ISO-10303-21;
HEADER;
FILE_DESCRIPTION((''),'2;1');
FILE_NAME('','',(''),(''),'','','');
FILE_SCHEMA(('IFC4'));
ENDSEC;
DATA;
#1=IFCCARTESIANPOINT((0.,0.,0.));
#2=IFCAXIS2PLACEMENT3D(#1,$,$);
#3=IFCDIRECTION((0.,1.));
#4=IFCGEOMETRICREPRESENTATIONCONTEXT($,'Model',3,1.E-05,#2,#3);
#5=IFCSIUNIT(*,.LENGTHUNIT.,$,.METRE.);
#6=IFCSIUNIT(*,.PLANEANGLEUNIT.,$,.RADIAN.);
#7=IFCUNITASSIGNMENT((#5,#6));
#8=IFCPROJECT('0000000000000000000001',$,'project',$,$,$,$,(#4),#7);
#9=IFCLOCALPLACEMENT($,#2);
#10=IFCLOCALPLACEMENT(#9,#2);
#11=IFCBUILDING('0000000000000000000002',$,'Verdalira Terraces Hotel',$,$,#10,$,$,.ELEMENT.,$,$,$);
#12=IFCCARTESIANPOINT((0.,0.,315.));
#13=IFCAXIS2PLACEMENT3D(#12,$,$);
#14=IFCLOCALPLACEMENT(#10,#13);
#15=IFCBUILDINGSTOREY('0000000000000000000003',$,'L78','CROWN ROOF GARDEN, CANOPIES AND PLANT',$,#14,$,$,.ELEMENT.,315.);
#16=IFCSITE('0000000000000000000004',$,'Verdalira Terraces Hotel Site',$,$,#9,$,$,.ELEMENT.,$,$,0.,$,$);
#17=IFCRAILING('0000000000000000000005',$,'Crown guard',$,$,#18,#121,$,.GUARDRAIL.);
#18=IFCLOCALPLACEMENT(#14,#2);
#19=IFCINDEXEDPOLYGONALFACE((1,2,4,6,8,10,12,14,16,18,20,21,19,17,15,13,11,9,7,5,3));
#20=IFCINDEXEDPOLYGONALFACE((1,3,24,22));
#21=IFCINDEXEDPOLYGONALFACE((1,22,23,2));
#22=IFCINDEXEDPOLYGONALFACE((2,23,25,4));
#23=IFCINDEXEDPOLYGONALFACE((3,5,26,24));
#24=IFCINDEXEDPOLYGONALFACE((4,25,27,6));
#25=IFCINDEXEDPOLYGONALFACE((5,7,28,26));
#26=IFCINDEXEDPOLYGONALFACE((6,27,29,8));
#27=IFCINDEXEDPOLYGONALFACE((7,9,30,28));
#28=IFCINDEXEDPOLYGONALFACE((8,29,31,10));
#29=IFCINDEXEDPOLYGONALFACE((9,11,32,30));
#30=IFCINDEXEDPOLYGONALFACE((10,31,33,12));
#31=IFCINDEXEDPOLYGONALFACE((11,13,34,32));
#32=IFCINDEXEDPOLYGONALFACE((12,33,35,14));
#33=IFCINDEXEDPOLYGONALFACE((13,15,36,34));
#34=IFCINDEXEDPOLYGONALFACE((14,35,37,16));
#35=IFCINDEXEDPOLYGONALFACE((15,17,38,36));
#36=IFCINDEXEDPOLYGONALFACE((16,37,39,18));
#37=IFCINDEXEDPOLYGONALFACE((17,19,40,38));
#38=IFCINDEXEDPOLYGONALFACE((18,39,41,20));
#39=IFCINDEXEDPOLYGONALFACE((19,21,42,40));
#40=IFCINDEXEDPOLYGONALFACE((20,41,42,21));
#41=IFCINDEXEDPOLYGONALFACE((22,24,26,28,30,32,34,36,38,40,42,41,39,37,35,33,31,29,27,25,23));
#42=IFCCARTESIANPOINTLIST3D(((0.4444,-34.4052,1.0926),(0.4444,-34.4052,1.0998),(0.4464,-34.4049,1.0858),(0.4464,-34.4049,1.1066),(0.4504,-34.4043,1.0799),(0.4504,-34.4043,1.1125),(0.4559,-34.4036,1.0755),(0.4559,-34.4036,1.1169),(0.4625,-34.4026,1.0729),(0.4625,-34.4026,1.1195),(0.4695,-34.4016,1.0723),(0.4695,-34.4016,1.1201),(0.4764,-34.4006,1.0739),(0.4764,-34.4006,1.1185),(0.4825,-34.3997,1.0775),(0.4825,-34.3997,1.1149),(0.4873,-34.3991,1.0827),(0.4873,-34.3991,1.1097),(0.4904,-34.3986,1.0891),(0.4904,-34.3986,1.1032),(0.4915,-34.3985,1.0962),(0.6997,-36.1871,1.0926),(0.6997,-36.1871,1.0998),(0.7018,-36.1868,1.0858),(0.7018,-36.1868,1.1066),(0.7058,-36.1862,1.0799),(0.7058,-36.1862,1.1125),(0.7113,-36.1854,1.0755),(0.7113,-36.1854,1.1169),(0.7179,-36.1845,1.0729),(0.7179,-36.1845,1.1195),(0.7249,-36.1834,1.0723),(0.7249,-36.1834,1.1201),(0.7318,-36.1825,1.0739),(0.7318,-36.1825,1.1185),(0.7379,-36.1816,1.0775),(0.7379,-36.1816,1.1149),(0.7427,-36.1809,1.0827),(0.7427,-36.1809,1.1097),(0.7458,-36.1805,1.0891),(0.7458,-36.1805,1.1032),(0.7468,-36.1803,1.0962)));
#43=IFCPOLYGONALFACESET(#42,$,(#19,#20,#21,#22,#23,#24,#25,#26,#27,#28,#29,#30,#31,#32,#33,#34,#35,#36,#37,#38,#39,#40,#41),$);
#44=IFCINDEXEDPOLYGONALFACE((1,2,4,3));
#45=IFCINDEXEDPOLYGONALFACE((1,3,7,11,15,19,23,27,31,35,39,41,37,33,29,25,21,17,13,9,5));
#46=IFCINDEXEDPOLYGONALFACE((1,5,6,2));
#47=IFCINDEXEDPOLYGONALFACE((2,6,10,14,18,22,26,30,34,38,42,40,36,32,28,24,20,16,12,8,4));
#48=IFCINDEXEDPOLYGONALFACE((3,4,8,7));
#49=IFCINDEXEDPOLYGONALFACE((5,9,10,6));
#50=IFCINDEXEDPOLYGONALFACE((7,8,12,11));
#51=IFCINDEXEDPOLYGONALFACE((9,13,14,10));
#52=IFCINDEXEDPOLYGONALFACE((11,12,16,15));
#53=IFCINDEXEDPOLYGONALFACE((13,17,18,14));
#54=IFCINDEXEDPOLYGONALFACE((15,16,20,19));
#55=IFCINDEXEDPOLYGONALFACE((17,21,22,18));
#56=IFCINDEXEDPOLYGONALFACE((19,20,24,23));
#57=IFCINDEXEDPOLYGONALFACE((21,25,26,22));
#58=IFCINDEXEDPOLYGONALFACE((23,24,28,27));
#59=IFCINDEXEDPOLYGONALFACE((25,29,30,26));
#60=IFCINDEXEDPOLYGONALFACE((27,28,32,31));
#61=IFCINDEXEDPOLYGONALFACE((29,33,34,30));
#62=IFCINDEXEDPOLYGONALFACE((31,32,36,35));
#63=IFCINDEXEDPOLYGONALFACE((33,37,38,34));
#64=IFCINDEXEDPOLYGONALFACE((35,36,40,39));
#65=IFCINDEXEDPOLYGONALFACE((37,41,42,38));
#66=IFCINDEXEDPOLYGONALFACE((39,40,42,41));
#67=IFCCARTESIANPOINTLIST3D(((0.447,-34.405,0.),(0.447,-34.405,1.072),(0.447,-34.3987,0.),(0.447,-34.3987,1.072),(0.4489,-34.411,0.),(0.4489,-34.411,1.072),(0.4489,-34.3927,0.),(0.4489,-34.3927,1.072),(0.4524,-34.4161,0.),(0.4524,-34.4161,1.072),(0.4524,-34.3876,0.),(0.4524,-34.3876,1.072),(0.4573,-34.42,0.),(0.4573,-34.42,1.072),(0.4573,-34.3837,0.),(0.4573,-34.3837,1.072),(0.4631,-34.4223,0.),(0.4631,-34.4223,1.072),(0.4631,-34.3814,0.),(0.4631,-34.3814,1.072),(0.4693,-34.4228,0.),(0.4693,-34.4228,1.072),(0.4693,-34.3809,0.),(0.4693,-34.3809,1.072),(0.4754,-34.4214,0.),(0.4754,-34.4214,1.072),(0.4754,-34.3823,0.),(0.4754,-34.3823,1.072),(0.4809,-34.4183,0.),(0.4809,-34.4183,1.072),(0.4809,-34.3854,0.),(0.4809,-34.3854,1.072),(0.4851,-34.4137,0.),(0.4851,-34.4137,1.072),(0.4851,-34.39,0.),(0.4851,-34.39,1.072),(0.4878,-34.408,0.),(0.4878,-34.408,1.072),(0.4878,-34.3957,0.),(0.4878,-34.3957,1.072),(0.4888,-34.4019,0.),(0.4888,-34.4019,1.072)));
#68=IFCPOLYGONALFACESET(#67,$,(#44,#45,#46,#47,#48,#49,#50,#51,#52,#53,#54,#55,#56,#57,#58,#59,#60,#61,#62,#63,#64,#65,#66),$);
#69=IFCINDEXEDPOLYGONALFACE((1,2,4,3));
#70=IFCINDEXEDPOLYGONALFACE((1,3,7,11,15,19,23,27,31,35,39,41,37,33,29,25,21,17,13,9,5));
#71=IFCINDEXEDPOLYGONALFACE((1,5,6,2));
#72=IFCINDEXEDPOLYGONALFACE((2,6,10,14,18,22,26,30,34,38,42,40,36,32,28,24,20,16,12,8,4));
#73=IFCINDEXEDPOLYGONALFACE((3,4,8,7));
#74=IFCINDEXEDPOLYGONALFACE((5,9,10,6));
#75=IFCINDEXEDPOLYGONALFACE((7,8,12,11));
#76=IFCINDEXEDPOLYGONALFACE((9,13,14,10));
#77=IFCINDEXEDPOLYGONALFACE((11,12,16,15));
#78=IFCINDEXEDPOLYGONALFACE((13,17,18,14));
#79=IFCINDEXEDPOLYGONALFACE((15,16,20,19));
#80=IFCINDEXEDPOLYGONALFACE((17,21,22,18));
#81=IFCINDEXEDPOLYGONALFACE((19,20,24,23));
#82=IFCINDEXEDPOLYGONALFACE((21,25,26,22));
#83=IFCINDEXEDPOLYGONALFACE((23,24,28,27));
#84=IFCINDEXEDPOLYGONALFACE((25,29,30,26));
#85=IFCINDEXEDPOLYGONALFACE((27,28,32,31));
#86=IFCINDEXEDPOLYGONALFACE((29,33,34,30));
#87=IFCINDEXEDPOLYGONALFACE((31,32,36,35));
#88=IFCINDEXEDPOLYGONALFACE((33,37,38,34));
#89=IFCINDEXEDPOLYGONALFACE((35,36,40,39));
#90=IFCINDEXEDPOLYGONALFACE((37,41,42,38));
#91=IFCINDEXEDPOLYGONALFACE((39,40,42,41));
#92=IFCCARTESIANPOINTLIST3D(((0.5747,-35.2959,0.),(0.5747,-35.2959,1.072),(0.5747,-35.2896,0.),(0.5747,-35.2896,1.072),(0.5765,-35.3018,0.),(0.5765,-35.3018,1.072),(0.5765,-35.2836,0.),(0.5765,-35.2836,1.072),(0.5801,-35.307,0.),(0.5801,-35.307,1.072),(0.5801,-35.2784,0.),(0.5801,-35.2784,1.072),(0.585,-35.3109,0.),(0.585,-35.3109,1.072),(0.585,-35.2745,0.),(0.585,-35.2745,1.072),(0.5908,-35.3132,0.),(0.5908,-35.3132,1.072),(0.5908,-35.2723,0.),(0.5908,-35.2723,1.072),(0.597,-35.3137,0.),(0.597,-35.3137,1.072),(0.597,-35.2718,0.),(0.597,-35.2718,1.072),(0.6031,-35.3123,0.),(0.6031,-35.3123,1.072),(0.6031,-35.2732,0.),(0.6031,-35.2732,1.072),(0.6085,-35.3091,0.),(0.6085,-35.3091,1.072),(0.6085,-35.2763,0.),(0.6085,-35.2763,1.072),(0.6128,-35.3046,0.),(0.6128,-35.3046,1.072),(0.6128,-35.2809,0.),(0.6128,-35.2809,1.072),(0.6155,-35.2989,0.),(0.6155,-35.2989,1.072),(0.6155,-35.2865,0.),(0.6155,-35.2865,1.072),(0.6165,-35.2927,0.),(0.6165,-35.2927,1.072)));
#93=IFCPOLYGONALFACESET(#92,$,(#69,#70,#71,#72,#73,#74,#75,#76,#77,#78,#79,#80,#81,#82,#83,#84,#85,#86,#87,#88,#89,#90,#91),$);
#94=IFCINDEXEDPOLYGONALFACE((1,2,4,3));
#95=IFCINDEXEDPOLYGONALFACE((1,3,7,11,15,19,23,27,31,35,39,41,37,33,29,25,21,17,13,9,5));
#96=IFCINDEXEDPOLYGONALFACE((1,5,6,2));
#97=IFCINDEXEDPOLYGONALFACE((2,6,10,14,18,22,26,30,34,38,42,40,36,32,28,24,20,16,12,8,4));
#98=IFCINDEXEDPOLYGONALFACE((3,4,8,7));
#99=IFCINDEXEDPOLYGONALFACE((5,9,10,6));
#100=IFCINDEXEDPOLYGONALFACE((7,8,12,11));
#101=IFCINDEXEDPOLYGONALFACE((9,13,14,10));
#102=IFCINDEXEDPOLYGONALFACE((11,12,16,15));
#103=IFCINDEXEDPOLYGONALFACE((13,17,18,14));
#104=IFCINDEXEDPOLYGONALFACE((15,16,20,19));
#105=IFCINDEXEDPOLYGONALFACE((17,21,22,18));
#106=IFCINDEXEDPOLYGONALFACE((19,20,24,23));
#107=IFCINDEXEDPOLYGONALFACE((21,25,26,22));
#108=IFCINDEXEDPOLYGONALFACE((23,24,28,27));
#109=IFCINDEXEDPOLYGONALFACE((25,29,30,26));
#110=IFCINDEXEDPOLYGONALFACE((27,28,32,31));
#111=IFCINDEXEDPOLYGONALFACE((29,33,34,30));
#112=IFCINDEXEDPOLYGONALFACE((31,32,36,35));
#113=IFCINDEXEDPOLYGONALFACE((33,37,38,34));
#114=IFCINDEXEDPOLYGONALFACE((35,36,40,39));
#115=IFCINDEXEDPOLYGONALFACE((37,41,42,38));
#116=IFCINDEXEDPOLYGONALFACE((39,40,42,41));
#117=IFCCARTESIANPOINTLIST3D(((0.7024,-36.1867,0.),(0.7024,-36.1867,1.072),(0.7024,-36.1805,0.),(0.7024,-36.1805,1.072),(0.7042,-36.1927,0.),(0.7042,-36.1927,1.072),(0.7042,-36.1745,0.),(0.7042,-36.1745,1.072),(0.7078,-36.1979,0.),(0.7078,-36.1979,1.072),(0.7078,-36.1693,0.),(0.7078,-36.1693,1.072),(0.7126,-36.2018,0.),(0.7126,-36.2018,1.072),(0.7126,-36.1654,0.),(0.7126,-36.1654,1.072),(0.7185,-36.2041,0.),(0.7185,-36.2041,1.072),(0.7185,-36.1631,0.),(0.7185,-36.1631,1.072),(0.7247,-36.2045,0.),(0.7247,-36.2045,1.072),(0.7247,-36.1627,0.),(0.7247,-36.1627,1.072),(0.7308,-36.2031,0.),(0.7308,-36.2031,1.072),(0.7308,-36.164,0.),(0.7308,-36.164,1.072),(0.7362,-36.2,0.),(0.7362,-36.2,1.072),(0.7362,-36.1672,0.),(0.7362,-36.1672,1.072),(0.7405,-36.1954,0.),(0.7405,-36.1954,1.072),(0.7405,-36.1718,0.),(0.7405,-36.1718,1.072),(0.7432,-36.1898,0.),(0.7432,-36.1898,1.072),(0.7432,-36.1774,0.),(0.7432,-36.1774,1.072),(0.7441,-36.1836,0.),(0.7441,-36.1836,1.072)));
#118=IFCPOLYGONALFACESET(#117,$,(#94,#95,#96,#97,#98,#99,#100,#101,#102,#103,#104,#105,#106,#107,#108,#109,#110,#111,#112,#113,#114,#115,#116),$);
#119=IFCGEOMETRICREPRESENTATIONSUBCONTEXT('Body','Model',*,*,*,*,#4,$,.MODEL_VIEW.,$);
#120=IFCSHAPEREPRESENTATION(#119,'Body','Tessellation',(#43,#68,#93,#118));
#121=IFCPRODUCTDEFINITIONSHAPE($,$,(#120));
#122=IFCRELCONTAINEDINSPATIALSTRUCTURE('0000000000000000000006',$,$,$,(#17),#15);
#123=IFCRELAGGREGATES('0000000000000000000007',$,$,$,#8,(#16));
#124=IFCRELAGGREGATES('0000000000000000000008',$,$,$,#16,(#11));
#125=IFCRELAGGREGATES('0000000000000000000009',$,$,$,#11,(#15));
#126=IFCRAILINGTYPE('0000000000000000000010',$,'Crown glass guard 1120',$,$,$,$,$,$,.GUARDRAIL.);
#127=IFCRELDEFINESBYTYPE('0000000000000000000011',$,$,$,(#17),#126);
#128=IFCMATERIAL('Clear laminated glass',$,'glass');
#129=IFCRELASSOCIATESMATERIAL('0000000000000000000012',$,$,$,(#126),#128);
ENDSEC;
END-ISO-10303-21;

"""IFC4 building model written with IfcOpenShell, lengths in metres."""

from ifc_helpers import new_model, si_unit, direction, frame, origin, origin_2d, place, context, subcontext, project, spatial, circle, extrude, material, type_object, element, save


model = new_model("IFC4")

# Units and contexts
model_context = context("Model", 3, precision=1e-05, world=origin(), true_north=direction((0.0, 1.0)))
body_context = subcontext(model_context, "Body", "Model", "MODEL_VIEW")
ifc_project = project(units=[si_unit("LENGTHUNIT", "METRE"), si_unit("PLANEANGLEUNIT", "RADIAN")], contexts=[model_context])

# Site, building, storey
site_placement = place(None, origin())
site = spatial("IfcSite", under=ifc_project, at=site_placement, Name="Verdalira Terraces Hotel Site", CompositionType="ELEMENT", RefElevation=0.0)
building_placement = place(site_placement, origin())
building = spatial("IfcBuilding", under=site, at=building_placement, Name="Verdalira Terraces Hotel", CompositionType="ELEMENT")
storey_placement = place(building_placement, frame((0.0, 0.0, 315.0)))
storey = spatial("IfcBuildingStorey", under=building, at=storey_placement, Name="L78", Description="CROWN ROOF GARDEN, CANOPIES AND PLANT", CompositionType="ELEMENT", Elevation=315.0)

# Railing
ifc_material_1 = material(Name="Clear laminated glass", Category="glass")
railing_type = type_object("IfcRailingType", Name="Crown glass guard 1120", PredefinedType="GUARDRAIL", material=ifc_material_1)
railing_1_placement = place(storey_placement, frame((0.4678, -34.4019, 0.0)))
element("IfcRailing", 1, at=railing_1_placement, inside=storey, type_object=railing_type, Name="Crown guard", PredefinedType="GUARDRAIL", context=body_context, shape_type="SweptSolid", body=[
    extrude(circle(Radius=0.0239, at=origin_2d()), frame((0.0, 0.0, 1.0962), z_axis=(0.141877, -0.989884, 0.0), x_axis=(0.989884, 0.141877, 0.0)), (0.0, 0.0, 1.0), 1.8),
    extrude(circle(Radius=0.021, at=origin_2d()), origin(), (0.0, 0.0, 1.0), 1.072),
    extrude(circle(Radius=0.021, at=origin_2d()), frame((0.1277, -0.8909, 0.0)), (0.0, 0.0, 1.0), 1.072),
    extrude(circle(Radius=0.021, at=origin_2d()), frame((0.2554, -1.7817, 0.0)), (0.0, 0.0, 1.0), 1.072),
])

save(model, "model.ifc")
